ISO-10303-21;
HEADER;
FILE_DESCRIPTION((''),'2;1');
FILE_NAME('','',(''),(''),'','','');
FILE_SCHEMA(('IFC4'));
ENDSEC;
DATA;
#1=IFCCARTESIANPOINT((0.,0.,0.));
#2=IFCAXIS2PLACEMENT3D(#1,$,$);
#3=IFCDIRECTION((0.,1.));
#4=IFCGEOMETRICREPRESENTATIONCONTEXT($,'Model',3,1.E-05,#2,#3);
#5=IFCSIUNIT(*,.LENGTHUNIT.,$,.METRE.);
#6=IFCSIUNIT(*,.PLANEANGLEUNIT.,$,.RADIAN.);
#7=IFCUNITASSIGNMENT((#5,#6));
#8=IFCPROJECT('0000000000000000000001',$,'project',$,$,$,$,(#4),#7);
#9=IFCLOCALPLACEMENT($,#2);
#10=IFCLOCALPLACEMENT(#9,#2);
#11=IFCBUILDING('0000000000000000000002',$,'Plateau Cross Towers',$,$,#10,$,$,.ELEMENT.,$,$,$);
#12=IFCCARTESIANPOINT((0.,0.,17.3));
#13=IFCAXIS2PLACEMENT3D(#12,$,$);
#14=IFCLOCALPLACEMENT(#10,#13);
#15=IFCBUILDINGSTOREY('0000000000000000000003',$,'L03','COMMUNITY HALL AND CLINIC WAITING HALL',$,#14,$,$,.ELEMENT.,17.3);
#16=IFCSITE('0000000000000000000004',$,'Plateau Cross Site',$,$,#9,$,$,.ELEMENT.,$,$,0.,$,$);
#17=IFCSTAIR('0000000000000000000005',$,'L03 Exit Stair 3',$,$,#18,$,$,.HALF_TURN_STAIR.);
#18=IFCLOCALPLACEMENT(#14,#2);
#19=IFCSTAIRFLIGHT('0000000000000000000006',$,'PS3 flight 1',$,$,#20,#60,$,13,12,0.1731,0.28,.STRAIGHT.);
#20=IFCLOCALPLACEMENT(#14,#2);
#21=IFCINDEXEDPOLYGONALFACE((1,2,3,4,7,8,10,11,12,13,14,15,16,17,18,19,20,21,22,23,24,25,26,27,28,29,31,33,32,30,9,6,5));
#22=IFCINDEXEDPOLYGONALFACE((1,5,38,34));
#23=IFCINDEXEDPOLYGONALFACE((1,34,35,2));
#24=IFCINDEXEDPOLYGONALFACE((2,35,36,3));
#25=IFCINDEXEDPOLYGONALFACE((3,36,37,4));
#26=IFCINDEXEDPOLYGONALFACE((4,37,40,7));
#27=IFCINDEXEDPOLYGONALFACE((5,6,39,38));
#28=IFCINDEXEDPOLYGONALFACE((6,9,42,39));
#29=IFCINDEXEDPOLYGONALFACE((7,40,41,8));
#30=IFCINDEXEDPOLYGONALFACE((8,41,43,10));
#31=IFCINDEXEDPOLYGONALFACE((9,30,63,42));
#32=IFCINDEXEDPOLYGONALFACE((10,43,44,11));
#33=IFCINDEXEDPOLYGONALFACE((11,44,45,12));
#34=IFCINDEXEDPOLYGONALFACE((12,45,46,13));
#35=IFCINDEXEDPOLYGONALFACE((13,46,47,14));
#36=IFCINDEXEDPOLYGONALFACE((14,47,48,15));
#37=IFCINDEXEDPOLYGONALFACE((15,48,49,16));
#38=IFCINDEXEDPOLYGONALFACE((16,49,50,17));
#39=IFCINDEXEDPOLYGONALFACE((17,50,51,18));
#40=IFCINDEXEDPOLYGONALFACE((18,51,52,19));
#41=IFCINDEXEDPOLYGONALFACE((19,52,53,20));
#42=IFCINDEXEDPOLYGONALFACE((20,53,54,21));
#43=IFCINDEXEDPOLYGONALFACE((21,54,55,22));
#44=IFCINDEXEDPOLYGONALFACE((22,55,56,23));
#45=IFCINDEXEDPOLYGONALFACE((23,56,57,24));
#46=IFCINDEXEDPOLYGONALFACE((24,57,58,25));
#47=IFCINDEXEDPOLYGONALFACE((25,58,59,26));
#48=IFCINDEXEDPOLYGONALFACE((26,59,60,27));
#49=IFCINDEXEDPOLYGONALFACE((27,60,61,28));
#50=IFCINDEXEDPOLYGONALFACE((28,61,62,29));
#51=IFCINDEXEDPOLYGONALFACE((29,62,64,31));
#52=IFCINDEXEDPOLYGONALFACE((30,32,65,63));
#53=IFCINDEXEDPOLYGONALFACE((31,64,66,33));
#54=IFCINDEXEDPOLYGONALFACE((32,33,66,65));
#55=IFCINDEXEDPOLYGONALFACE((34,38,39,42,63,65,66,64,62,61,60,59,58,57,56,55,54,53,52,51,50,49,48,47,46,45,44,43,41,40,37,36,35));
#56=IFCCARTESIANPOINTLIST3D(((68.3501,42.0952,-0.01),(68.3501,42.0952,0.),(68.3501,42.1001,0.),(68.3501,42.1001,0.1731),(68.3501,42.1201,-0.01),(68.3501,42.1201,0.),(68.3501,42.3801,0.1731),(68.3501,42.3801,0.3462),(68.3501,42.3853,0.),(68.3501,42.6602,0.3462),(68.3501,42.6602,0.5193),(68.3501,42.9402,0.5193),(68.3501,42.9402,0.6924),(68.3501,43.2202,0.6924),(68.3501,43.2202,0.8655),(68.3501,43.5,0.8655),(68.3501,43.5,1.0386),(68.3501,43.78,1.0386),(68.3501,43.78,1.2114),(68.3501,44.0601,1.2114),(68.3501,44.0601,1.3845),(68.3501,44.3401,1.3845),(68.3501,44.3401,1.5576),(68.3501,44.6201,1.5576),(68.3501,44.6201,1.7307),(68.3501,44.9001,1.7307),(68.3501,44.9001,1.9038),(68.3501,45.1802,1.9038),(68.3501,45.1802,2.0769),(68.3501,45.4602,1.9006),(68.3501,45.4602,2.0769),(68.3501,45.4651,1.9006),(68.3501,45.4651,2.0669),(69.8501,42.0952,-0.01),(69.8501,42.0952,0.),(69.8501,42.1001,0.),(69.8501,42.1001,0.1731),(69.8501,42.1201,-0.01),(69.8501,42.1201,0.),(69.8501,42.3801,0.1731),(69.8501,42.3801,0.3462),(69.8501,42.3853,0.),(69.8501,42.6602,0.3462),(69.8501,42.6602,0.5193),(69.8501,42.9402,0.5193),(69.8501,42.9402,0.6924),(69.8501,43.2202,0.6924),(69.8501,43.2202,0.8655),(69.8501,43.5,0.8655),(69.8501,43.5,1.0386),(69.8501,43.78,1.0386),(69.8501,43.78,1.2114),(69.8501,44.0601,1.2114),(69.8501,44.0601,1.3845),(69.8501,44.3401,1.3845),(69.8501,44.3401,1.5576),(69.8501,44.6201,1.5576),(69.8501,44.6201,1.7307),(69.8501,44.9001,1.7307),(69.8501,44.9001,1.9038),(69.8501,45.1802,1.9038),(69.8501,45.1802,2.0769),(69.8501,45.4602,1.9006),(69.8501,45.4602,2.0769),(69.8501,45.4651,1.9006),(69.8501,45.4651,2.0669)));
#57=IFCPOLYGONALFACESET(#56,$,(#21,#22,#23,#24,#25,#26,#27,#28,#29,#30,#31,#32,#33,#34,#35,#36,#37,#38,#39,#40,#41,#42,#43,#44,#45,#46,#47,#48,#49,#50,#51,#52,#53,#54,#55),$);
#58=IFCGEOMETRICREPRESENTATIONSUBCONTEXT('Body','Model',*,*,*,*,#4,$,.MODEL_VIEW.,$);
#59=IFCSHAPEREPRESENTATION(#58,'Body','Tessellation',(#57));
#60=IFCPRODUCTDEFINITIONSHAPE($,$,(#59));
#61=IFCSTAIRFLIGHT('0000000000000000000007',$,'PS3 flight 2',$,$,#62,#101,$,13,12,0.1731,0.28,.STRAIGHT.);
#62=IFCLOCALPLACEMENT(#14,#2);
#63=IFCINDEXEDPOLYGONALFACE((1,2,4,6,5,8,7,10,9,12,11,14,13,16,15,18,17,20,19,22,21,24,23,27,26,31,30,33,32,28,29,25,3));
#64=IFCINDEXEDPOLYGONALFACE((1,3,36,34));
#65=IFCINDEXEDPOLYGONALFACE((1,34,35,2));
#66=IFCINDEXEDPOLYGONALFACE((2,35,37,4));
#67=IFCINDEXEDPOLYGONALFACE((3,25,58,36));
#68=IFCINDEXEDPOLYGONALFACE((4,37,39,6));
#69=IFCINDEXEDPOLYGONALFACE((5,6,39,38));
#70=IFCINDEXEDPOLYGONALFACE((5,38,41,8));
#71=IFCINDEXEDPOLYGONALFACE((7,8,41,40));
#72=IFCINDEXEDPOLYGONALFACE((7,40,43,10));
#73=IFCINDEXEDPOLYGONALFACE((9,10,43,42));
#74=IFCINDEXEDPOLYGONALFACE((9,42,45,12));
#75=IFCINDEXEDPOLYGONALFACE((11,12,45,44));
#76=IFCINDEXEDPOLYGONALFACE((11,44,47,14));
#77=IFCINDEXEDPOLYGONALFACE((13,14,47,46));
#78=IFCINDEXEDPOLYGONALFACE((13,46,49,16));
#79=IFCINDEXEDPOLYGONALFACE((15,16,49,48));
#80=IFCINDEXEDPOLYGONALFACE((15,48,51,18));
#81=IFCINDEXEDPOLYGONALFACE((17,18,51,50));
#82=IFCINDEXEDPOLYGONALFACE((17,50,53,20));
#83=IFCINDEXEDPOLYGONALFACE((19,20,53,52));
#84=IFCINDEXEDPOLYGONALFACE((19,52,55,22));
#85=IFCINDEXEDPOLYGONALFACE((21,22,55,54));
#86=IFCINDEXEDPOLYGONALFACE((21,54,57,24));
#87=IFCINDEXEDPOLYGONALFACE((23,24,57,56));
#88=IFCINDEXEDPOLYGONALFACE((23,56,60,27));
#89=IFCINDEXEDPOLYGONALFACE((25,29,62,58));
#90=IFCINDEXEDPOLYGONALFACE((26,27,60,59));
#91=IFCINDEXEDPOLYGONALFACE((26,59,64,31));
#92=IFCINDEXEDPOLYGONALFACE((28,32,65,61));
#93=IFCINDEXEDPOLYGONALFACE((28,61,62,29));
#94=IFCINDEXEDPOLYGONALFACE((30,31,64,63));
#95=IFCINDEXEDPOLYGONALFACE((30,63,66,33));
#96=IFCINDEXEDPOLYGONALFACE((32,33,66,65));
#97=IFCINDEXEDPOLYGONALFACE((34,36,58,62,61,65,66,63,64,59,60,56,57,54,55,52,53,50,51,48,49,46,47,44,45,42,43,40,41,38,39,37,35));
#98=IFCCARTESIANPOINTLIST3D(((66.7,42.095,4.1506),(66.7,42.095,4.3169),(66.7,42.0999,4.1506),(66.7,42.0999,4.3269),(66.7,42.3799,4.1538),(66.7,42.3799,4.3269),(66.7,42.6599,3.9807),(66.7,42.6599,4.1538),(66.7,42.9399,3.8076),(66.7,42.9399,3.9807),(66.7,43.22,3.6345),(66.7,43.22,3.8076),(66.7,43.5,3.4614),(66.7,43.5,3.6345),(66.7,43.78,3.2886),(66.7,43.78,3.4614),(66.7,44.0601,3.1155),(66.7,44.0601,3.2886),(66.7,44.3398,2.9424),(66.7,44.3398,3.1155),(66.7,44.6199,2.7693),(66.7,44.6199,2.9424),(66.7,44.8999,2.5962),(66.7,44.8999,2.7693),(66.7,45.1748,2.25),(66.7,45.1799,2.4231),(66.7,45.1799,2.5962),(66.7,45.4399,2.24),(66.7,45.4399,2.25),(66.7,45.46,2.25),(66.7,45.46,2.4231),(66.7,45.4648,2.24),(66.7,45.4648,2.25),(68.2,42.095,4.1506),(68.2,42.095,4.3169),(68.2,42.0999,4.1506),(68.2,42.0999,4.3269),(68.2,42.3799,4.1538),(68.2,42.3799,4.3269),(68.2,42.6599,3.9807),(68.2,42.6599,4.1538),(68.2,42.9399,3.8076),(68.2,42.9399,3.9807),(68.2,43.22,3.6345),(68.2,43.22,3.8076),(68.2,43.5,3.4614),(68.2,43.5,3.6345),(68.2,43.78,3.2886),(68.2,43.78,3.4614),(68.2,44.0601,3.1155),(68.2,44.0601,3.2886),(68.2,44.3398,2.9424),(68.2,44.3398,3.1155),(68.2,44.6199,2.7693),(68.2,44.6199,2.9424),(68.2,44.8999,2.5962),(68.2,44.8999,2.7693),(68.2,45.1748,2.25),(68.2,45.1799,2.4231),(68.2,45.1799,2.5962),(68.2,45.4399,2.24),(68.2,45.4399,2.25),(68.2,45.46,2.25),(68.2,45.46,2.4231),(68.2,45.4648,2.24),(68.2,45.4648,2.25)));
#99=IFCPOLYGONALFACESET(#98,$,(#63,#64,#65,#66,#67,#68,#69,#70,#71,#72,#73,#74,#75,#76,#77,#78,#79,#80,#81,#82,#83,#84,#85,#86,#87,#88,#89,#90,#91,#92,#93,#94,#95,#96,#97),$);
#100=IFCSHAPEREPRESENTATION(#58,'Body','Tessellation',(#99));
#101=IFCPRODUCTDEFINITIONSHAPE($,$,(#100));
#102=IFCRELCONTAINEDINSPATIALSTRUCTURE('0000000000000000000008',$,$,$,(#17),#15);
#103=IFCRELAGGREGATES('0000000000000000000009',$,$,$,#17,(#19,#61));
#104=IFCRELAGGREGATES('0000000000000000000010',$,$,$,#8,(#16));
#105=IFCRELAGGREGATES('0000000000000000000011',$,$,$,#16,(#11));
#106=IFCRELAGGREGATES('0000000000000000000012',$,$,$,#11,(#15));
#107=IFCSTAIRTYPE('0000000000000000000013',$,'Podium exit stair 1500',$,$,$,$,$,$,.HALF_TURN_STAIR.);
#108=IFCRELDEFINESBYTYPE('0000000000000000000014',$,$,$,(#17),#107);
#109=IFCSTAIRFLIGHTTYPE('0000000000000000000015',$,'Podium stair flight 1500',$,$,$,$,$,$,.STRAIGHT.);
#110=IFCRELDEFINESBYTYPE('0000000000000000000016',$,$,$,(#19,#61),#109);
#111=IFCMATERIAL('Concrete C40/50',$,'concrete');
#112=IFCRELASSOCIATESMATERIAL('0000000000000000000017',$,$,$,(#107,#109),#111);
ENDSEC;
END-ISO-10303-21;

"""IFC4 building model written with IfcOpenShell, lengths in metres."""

from ifc_helpers import new_model, si_unit, direction, frame, origin, place, context, subcontext, project, spatial, polyline, outline, extrude, material, type_object, element, aggregate, save


model = new_model("IFC4")

# Units and contexts
model_context = context("Model", 3, precision=1e-05, world=origin(), true_north=direction((0.0, 1.0)))
body_context = subcontext(model_context, "Body", "Model", "MODEL_VIEW")
ifc_project = project(units=[si_unit("LENGTHUNIT", "METRE"), si_unit("PLANEANGLEUNIT", "RADIAN")], contexts=[model_context])

# Site, building, storey
site_placement = place(None, origin())
site = spatial("IfcSite", under=ifc_project, at=site_placement, Name="Plateau Cross Site", CompositionType="ELEMENT", RefElevation=0.0)
building_placement = place(site_placement, origin())
building = spatial("IfcBuilding", under=site, at=building_placement, Name="Plateau Cross Towers", CompositionType="ELEMENT")
storey_placement = place(building_placement, frame((0.0, 0.0, 17.3)))
storey = spatial("IfcBuildingStorey", under=building, at=storey_placement, Name="L03", Description="COMMUNITY HALL AND CLINIC WAITING HALL", CompositionType="ELEMENT", Elevation=17.3)

# Stair, stair flights
ifc_material_1 = material(Name="Concrete C40/50", Category="concrete")
stair_type = type_object("IfcStairType", Name="Podium exit stair 1500", PredefinedType="HALF_TURN_STAIR", material=ifc_material_1)
stair_placement = place(storey_placement, origin())
stair = element("IfcStair", 1, at=stair_placement, inside=storey, type_object=stair_type, Name="L03 Exit Stair 3", PredefinedType="HALF_TURN_STAIR")
stair_flight_type = type_object("IfcStairFlightType", Name="Podium stair flight 1500", PredefinedType="STRAIGHT", material=ifc_material_1)
stair_flight_1_placement = place(storey_placement, frame((69.1001, 42.1001, 0.0), z_axis=(0.0, 0.0, 1.0), x_axis=(0.0, 1.0, 0.0)))
stair_flight_1 = element("IfcStairFlight", 2, at=stair_flight_1_placement, type_object=stair_flight_type, Name="PS3 flight 1", NumberOfRisers=13, NumberOfTreads=12, PredefinedType="STRAIGHT", RiserHeight=0.1731, TreadLength=0.28, context=body_context, shape_type="SweptSolid", body=[
    extrude(outline(polyline([(-0.0049, -0.01), (-0.0049, 0.0), (0.0, 0.0), (0.0, 0.1731), (0.28, 0.1731), (0.28, 0.3462), (0.5601, 0.3462), (0.5601, 0.5193), (0.8401, 0.5193), (0.8401, 0.6924), (1.1201, 0.6924), (1.1201, 0.8655), (1.3999, 0.8655), (1.3999, 1.0386), (1.6799, 1.0386), (1.6799, 1.2114), (1.96, 1.2114), (1.96, 1.3845), (2.24, 1.3845), (2.24, 1.5576), (2.52, 1.5576), (2.52, 1.7307), (2.8, 1.7307), (2.8, 1.9038), (3.0801, 1.9038), (3.0801, 2.0769), (3.3601, 2.0769), (3.365, 2.0669), (3.365, 1.9006), (3.3601, 1.9006), (0.2852, 0.0), (0.02, 0.0), (0.02, -0.01), (-0.0049, -0.01)])), frame((0.0, 0.75, 0.0), z_axis=(0.0, -1.0, 0.0), x_axis=(1.0, 0.0, 0.0)), (0.0, 0.0, 1.0), 1.5),
])
stair_flight_2_placement = place(storey_placement, frame((67.45, 45.46, 2.25), z_axis=(0.0, 0.0, 1.0), x_axis=(0.0, -1.0, 0.0)))
stair_flight_2 = element("IfcStairFlight", 3, at=stair_flight_2_placement, type_object=stair_flight_type, Name="PS3 flight 2", NumberOfRisers=13, NumberOfTreads=12, PredefinedType="STRAIGHT", RiserHeight=0.1731, TreadLength=0.28, context=body_context, shape_type="SweptSolid", body=[
    extrude(outline(polyline([(-0.0049, -0.01), (-0.0049, 0.0), (0.0, 0.0), (0.0, 0.1731), (0.28, 0.1731), (0.28, 0.3462), (0.5601, 0.3462), (0.5601, 0.5193), (0.8401, 0.5193), (0.8401, 0.6924), (1.1201, 0.6924), (1.1201, 0.8655), (1.3999, 0.8655), (1.3999, 1.0386), (1.6799, 1.0386), (1.6799, 1.2114), (1.96, 1.2114), (1.96, 1.3845), (2.24, 1.3845), (2.24, 1.5576), (2.52, 1.5576), (2.52, 1.7307), (2.8, 1.7307), (2.8, 1.9038), (3.0801, 1.9038), (3.0801, 2.0769), (3.3601, 2.0769), (3.365, 2.0669), (3.365, 1.9006), (3.3601, 1.9006), (0.2852, 0.0), (0.02, 0.0), (0.02, -0.01), (-0.0049, -0.01)])), frame((0.0, 0.75, 0.0), z_axis=(0.0, -1.0, 0.0), x_axis=(1.0, 0.0, 0.0)), (0.0, 0.0, 1.0), 1.5),
])
aggregate(stair, [stair_flight_1, stair_flight_2])

save(model, "model.ifc")
